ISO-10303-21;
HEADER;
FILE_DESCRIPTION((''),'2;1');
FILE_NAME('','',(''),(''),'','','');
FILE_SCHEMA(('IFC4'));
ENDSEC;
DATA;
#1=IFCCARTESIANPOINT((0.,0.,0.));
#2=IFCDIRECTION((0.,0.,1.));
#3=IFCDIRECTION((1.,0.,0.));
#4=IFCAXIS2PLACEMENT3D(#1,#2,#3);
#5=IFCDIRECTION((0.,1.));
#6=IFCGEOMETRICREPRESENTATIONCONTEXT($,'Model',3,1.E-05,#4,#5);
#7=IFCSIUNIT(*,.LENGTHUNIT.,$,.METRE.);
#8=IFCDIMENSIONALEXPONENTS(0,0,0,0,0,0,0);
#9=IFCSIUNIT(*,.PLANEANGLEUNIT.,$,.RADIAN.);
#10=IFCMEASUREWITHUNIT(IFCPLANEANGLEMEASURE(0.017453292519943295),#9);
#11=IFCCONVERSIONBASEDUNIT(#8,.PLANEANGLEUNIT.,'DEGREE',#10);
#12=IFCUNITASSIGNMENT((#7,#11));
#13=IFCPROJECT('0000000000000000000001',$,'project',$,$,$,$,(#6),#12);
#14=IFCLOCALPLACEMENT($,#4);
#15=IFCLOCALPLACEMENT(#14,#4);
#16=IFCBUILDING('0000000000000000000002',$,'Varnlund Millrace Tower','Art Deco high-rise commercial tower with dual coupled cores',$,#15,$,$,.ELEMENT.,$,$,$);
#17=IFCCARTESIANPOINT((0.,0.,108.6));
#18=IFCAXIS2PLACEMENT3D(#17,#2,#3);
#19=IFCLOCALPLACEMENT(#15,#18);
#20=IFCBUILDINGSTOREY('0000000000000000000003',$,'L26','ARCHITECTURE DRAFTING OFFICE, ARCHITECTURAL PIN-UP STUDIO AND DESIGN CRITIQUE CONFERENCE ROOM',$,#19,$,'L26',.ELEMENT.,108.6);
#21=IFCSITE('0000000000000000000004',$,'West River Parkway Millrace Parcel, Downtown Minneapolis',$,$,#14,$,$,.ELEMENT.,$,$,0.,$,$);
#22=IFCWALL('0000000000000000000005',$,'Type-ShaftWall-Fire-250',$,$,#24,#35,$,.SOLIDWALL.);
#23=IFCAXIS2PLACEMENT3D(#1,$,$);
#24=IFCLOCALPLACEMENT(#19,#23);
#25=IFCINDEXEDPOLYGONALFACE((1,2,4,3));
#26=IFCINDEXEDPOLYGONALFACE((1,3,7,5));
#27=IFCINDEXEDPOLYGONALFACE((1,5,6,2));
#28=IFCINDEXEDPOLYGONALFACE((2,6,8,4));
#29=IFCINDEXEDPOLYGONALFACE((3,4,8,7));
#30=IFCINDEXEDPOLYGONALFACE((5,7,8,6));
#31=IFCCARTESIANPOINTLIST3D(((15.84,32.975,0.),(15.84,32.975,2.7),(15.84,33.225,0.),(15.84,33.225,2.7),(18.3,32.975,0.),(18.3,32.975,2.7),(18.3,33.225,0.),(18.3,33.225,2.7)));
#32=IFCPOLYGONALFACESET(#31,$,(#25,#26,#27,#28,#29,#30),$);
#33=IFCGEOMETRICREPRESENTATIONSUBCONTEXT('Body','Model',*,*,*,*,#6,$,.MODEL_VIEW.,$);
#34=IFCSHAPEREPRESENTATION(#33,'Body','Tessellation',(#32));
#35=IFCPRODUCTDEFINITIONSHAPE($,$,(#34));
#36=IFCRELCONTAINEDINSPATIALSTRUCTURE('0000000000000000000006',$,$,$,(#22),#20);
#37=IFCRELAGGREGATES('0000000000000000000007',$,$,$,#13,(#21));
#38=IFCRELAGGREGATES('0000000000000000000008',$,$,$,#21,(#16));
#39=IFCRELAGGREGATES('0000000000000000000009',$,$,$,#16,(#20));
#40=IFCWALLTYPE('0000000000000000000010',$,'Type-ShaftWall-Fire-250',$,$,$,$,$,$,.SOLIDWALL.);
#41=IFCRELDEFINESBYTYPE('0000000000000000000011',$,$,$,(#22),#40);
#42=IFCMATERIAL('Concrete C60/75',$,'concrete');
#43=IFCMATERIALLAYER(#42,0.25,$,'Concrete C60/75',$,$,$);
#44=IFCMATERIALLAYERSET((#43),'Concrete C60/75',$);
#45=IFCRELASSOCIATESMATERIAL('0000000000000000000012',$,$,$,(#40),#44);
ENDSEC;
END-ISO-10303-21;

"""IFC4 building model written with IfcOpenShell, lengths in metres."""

from ifc_helpers import new_model, entity, si_unit, converted_unit, direction, frame, origin_with_axes, place, context, subcontext, project, spatial, polyline, outline, extrude, material, layer, layer_set, type_object, element, save


model = new_model("IFC4")

# Units and contexts
model_context = context("Model", 3, precision=1e-05, world=origin_with_axes(), true_north=direction((0.0, 1.0)))
body_context = subcontext(model_context, "Body", "Model", "MODEL_VIEW")
ifc_project = project(units=[si_unit("LENGTHUNIT", "METRE"), converted_unit("PLANEANGLEUNIT", "DEGREE", entity("IfcPlaneAngleMeasure", 0.017453292519943295), si_unit("PLANEANGLEUNIT", "RADIAN"), dimensions=[0, 0, 0, 0, 0, 0, 0])], contexts=[model_context])

# Site, building, storey
site_placement = place(None, origin_with_axes())
site = spatial("IfcSite", under=ifc_project, at=site_placement, Name="West River Parkway Millrace Parcel, Downtown Minneapolis", CompositionType="ELEMENT", RefElevation=0.0)
building_placement = place(site_placement, origin_with_axes())
building = spatial("IfcBuilding", under=site, at=building_placement, Name="Varnlund Millrace Tower", Description="Art Deco high-rise commercial tower with dual coupled cores", CompositionType="ELEMENT")
storey_placement = place(building_placement, frame((0.0, 0.0, 108.6), z_axis=(0.0, 0.0, 1.0), x_axis=(1.0, 0.0, 0.0)))
storey = spatial("IfcBuildingStorey", under=building, at=storey_placement, Name="L26", Description="ARCHITECTURE DRAFTING OFFICE, ARCHITECTURAL PIN-UP STUDIO AND DESIGN CRITIQUE CONFERENCE ROOM", LongName="L26", CompositionType="ELEMENT", Elevation=108.6)

# Wall
ifc_material_1 = material(Name="Concrete C60/75", Category="concrete")
ifc_layer_1 = layer(ifc_material_1, 0.25, Name="Concrete C60/75")
ifc_layer_set_1 = layer_set([ifc_layer_1], Name="Concrete C60/75")
wall_type_1 = type_object("IfcWallType", Name="Type-ShaftWall-Fire-250", PredefinedType="SOLIDWALL", material=ifc_layer_set_1)
wall_1_placement = place(storey_placement, frame((15.84, 33.1, 0.0), z_axis=(0.0, 0.0, 1.0), x_axis=(1.0, 0.0, 0.0)))
element("IfcWall", 1, at=wall_1_placement, inside=storey, type_object=wall_type_1, Name="Type-ShaftWall-Fire-250", PredefinedType="SOLIDWALL", context=body_context, shape_type="SweptSolid", body=[
    extrude(outline(polyline([(0.0, -0.125), (2.46, -0.125), (2.46, 0.125), (0.0, 0.125), (0.0, -0.125)])), origin_with_axes(), (0.0, 0.0, 1.0), 2.7),
])

save(model, "model.ifc")
